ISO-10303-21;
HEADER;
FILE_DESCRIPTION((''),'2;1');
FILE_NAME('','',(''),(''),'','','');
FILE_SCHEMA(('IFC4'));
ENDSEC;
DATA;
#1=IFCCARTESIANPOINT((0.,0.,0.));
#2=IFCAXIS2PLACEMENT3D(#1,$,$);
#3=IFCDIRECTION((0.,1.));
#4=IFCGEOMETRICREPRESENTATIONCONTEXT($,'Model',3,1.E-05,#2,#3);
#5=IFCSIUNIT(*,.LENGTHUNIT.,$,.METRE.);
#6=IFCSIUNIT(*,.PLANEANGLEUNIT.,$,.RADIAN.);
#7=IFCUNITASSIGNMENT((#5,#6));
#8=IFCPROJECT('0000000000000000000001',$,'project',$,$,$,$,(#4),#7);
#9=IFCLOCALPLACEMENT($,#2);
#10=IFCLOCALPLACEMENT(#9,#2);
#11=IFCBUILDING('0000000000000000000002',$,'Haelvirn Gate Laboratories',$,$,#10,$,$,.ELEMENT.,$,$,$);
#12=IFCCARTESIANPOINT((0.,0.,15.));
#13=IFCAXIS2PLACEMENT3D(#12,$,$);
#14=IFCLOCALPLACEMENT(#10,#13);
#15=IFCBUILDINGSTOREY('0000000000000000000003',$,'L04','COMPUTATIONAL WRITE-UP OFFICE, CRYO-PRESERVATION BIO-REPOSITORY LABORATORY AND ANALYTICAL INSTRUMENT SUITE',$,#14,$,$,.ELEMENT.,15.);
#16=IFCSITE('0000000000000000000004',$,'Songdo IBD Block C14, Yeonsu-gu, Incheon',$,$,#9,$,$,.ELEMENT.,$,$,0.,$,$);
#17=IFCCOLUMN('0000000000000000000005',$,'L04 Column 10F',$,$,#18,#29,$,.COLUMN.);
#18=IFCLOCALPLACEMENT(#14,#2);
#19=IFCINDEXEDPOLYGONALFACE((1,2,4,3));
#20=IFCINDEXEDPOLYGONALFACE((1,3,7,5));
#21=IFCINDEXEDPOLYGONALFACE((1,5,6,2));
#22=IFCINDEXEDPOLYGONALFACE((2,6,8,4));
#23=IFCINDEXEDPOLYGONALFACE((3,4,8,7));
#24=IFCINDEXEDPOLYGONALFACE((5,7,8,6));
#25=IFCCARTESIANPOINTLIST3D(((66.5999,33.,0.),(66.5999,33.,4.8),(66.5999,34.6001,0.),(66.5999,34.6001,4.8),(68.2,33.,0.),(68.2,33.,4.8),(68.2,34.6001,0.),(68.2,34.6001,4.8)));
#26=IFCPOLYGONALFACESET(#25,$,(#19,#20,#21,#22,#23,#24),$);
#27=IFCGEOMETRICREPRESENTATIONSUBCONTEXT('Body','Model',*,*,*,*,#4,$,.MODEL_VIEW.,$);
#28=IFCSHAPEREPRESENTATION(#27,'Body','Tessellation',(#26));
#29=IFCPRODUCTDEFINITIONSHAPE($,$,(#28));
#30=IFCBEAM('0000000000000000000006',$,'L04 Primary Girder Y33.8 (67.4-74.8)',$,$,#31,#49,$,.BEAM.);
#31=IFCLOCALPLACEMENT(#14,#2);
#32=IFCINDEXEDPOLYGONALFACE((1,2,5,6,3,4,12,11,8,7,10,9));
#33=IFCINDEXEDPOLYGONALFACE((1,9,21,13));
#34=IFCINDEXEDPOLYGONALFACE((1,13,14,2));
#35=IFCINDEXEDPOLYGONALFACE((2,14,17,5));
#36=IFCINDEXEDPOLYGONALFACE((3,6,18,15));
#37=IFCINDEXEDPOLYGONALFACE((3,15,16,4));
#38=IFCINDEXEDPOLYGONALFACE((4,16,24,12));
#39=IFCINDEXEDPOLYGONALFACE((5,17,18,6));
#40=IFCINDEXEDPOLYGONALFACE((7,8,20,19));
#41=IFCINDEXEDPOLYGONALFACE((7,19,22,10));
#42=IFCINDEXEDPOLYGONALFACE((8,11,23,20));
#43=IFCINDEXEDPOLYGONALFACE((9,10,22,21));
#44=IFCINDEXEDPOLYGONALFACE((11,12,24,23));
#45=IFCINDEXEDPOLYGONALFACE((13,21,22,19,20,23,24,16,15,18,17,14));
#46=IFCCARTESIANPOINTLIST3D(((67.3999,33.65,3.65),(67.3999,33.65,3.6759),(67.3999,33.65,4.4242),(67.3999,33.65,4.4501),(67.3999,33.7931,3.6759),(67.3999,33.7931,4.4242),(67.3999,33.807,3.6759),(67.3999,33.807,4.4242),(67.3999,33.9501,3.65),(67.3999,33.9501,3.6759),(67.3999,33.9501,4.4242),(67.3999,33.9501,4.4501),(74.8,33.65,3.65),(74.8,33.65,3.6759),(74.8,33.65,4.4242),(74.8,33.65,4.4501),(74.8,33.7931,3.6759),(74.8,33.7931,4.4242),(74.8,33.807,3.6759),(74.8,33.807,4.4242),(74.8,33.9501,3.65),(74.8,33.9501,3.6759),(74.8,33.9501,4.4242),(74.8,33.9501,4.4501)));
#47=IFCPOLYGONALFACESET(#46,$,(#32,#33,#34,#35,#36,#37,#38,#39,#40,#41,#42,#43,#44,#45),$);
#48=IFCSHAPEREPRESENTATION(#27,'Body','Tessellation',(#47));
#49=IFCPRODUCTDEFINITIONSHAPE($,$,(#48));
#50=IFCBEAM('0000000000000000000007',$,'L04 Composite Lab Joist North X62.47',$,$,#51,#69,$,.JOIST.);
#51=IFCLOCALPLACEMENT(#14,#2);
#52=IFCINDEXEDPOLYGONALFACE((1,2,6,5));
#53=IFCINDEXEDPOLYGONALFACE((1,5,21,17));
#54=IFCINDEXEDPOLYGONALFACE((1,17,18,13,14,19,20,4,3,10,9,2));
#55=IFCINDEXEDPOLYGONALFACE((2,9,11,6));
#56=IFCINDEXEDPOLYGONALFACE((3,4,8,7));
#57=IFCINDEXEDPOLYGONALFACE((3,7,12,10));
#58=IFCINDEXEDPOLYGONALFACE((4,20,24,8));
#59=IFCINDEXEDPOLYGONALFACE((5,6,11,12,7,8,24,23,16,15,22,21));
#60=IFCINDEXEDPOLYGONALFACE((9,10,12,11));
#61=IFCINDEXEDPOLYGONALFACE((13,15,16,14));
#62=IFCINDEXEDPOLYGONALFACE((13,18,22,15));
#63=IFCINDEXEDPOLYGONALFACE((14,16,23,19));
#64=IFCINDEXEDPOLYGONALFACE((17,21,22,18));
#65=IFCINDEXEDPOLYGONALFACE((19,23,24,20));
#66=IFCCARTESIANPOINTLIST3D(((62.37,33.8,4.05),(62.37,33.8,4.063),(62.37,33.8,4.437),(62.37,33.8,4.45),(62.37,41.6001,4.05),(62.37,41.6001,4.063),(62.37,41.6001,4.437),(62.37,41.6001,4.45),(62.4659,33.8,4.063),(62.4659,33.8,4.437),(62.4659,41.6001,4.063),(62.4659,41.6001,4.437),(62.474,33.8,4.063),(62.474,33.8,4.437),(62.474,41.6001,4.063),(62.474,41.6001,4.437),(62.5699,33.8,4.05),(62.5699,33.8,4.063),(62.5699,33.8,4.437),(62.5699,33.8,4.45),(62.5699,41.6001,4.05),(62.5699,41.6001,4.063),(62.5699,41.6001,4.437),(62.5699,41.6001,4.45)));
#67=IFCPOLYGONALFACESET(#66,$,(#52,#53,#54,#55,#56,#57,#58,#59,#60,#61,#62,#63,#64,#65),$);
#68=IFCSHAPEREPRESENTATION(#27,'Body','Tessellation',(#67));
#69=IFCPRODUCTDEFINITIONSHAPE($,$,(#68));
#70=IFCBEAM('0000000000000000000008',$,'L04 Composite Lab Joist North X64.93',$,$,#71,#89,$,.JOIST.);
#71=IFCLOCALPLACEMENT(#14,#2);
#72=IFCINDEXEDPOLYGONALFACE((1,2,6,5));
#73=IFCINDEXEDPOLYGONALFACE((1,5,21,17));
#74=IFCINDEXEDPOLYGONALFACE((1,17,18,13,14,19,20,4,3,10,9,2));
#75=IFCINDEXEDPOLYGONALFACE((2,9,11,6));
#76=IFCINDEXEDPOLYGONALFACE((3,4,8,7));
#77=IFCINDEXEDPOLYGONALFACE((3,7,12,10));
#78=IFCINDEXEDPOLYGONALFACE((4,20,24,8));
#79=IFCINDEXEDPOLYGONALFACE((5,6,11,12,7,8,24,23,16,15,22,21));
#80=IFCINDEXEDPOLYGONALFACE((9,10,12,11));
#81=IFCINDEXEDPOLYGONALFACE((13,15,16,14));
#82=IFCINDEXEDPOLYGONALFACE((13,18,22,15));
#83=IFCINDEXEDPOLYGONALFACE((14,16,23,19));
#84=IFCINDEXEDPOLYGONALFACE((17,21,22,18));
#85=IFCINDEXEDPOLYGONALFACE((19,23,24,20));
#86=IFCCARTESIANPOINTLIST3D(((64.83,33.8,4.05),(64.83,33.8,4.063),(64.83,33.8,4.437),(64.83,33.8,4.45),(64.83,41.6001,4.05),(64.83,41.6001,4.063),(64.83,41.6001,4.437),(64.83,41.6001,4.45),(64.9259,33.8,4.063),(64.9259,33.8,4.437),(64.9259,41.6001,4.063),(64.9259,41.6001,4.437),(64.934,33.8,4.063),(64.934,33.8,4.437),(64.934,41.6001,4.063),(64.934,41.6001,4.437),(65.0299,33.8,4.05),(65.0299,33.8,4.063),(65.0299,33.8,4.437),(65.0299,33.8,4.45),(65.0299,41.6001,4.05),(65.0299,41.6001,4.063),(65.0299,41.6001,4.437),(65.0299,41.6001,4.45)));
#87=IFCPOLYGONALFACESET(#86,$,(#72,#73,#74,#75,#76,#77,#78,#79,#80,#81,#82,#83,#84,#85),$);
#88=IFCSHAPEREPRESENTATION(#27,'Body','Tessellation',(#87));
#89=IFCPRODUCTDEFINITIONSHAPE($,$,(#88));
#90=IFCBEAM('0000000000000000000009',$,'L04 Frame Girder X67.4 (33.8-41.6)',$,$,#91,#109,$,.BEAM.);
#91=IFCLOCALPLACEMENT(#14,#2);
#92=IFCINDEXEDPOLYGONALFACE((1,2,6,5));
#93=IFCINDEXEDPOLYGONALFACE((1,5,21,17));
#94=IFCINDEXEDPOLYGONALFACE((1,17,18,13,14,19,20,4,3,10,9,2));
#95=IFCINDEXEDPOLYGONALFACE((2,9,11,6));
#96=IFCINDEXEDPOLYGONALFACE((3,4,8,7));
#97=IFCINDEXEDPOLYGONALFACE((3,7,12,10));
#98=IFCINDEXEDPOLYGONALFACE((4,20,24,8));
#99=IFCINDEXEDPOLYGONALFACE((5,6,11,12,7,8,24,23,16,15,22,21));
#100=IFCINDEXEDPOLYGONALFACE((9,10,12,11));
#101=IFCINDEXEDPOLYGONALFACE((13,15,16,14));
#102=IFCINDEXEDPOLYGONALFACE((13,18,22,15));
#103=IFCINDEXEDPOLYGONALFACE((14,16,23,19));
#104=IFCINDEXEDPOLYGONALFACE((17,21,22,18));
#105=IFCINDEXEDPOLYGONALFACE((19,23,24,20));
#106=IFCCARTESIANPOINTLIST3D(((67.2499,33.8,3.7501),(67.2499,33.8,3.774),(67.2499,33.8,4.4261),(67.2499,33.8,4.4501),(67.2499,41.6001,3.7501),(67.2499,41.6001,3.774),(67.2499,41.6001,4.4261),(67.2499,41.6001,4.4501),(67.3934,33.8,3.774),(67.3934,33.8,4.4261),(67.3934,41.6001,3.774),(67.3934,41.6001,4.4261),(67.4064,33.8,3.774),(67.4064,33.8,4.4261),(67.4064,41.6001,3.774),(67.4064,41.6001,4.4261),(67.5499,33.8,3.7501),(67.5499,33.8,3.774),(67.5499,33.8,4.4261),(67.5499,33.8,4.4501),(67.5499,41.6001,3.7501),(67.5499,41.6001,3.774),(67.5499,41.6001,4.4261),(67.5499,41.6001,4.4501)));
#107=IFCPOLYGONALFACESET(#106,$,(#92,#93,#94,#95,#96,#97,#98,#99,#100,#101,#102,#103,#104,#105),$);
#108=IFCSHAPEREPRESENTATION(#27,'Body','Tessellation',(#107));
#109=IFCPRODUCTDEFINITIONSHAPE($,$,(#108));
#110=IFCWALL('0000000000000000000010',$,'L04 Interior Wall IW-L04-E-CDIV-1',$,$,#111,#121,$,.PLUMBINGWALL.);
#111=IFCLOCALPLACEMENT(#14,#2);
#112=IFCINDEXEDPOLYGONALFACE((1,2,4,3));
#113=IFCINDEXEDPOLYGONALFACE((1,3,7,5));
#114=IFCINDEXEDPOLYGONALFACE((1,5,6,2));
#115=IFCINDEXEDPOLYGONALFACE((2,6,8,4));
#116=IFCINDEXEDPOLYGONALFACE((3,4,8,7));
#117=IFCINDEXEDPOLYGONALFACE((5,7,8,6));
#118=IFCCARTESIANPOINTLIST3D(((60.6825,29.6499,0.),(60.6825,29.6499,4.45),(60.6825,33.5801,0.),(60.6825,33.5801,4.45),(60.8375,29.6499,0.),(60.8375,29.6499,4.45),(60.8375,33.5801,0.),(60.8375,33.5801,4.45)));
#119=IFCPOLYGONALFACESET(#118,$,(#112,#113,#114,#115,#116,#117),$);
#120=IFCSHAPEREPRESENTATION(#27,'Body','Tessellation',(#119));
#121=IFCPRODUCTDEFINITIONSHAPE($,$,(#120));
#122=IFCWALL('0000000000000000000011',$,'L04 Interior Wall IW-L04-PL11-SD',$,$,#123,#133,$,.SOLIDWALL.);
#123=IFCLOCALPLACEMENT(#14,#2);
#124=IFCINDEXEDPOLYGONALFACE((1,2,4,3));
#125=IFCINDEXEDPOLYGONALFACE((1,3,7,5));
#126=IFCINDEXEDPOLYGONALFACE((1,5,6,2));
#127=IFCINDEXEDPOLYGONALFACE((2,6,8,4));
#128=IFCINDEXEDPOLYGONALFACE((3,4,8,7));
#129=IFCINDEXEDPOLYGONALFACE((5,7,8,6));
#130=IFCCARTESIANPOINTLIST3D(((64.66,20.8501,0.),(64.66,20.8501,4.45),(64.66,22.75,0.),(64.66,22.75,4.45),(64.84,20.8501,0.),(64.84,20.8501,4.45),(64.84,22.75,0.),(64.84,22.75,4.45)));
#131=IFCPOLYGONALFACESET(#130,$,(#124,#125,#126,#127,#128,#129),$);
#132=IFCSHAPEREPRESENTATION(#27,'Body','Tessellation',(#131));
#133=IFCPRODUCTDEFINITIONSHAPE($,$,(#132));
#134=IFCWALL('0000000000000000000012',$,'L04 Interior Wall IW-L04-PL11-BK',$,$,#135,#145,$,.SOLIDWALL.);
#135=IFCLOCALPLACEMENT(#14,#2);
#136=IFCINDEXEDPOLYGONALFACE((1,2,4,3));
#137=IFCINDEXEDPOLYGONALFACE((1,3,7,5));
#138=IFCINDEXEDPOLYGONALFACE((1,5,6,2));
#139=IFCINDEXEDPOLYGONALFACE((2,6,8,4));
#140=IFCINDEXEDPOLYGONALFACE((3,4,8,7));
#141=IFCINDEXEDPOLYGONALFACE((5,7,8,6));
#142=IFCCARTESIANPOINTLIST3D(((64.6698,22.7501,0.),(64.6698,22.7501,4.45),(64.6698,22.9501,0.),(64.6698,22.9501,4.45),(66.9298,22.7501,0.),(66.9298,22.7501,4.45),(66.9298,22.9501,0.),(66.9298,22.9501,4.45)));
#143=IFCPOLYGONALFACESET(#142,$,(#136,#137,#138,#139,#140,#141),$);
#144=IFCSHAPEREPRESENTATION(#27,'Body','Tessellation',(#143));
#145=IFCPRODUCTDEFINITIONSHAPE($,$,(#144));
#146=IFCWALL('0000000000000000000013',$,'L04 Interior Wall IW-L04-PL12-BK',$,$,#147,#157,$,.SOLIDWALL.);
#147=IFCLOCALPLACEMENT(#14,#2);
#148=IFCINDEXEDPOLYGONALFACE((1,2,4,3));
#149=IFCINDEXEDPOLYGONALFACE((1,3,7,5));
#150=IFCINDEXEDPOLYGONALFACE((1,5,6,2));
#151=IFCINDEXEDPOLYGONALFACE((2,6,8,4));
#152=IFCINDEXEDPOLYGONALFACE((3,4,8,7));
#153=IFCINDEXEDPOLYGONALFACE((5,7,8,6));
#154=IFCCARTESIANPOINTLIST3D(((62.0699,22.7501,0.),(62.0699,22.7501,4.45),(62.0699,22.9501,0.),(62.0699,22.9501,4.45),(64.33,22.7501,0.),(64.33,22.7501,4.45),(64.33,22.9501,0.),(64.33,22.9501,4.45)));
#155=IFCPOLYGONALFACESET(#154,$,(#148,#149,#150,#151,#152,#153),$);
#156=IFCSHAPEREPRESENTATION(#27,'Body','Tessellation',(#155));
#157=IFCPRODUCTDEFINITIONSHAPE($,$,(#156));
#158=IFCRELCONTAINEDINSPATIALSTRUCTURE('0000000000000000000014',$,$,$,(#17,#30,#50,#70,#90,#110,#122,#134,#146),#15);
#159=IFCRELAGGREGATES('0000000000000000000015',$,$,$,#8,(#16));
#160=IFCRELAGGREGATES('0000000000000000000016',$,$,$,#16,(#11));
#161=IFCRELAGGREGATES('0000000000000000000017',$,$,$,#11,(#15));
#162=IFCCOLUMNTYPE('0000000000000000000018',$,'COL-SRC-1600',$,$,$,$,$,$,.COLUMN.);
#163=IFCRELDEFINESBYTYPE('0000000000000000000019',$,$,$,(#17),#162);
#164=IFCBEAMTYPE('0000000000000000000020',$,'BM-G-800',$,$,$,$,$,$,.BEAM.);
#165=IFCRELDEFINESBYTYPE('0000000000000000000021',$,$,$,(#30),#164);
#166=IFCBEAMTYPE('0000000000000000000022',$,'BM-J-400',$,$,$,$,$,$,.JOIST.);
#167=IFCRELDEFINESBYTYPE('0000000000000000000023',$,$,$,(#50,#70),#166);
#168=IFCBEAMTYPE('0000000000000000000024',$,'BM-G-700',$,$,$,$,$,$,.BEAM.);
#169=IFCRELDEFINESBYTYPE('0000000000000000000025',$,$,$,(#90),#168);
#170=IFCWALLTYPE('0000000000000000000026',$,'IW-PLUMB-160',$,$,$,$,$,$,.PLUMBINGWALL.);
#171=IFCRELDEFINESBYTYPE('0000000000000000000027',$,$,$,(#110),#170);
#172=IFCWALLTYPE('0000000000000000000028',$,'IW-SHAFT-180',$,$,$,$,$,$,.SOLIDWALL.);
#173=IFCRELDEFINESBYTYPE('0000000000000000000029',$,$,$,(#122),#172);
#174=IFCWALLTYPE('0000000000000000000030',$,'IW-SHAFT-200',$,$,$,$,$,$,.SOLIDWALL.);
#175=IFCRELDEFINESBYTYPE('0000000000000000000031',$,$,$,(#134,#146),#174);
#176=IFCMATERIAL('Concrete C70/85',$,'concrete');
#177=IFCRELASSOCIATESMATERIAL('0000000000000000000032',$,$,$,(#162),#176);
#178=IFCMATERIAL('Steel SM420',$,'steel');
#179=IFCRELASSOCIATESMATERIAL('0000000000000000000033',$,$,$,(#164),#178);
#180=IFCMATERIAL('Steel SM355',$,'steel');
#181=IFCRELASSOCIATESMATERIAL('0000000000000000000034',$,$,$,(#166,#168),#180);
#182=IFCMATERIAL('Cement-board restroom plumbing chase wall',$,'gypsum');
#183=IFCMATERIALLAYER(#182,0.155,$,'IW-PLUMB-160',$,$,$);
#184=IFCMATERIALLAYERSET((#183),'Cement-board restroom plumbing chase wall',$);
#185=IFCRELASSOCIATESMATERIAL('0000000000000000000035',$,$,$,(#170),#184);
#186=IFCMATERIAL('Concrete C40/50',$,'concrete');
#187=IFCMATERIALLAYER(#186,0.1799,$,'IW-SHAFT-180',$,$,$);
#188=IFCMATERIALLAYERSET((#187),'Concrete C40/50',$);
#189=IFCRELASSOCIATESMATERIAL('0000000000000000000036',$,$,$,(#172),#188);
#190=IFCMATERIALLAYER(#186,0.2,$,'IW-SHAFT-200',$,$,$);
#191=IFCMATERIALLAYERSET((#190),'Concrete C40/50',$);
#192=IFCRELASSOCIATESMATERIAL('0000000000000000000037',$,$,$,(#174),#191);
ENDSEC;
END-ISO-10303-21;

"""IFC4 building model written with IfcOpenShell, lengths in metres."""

from ifc_helpers import new_model, si_unit, direction, frame, frame_2d, origin, origin_2d, place, context, subcontext, project, spatial, rectangle, i_section, extrude, source, transform, mapped, material, layer, layer_set, material_profile, profile_set, type_object, type_shapes, element, save


model = new_model("IFC4")

# Units and contexts
model_context = context("Model", 3, precision=1e-05, world=origin(), true_north=direction((0.0, 1.0)))
body_context = subcontext(model_context, "Body", "Model", "MODEL_VIEW")
ifc_project = project(units=[si_unit("LENGTHUNIT", "METRE"), si_unit("PLANEANGLEUNIT", "RADIAN")], contexts=[model_context])

# Site, building, storey
site_placement = place(None, origin())
site = spatial("IfcSite", under=ifc_project, at=site_placement, Name="Songdo IBD Block C14, Yeonsu-gu, Incheon", CompositionType="ELEMENT", RefElevation=0.0)
building_placement = place(site_placement, origin())
building = spatial("IfcBuilding", under=site, at=building_placement, Name="Haelvirn Gate Laboratories", CompositionType="ELEMENT")
storey_placement = place(building_placement, frame((0.0, 0.0, 15.0)))
storey = spatial("IfcBuildingStorey", under=building, at=storey_placement, Name="L04", Description="COMPUTATIONAL WRITE-UP OFFICE, CRYO-PRESERVATION BIO-REPOSITORY LABORATORY AND ANALYTICAL INSTRUMENT SUITE", CompositionType="ELEMENT", Elevation=15.0)

# Column
ifc_material_1 = material(Name="Concrete C70/85", Category="concrete")
ifc_material_profile_1 = material_profile(ifc_material_1, rectangle(XDim=1.6001, YDim=1.6001, at=origin_2d()), Name="SRC-1600x1600")
ifc_profile_set_1 = profile_set([ifc_material_profile_1], Name="Concrete C70/85")
column_type = type_object("IfcColumnType", Name="COL-SRC-1600", PredefinedType="COLUMN", material=ifc_profile_set_1)
shared_shape_1 = source(origin(), body_context, "Body", "SweptSolid", [
    extrude(rectangle(XDim=1.6001, YDim=1.6001, at=origin_2d()), origin(), (0.0, 0.0, 1.0), 4.8),
])
type_shapes(column_type, [shared_shape_1])
column_placement = place(storey_placement, frame((67.3999, 33.8, 0.0), z_axis=(0.0, 0.0, 1.0), x_axis=(1.0, 0.0, 0.0)))
element("IfcColumn", 1, at=column_placement, inside=storey, type_object=column_type, Name="L04 Column 10F", PredefinedType="COLUMN", context=body_context, shape_type="MappedRepresentation", body=[
    mapped(shared_shape_1, transform((0.0, 0.0, 0.0), scale=1.0)),
])

# Beams
ifc_material_2 = material(Name="Steel SM420", Category="steel")
ifc_material_profile_2 = material_profile(ifc_material_2, i_section(OverallWidth=0.3, OverallDepth=0.8, WebThickness=0.0139, FlangeThickness=0.0259, at=origin_2d()), Name="H-800x300x14x26")
ifc_profile_set_2 = profile_set([ifc_material_profile_2], Name="Steel SM420")
beam_type_1 = type_object("IfcBeamType", Name="BM-G-800", PredefinedType="BEAM", material=ifc_profile_set_2)
shared_shape_2 = source(origin(), body_context, "Body", "SweptSolid", [
    extrude(i_section(OverallWidth=0.3, OverallDepth=0.8, WebThickness=0.0139, FlangeThickness=0.0259, at=origin_2d()), origin(), (0.0, 0.0, 1.0), 7.4001),
])
type_shapes(beam_type_1, [shared_shape_2])
beam_1_placement = place(storey_placement, frame((67.3999, 33.8, 4.05), z_axis=(1.0, 0.0, 0.0), x_axis=(0.0, 1.0, 0.0)))
element("IfcBeam", 2, at=beam_1_placement, inside=storey, type_object=beam_type_1, Name="L04 Primary Girder Y33.8 (67.4-74.8)", PredefinedType="BEAM", context=body_context, shape_type="MappedRepresentation", body=[
    mapped(shared_shape_2, transform((0.0, 0.0, 0.0), scale=1.0)),
])
ifc_material_3 = material(Name="Steel SM355", Category="steel")
ifc_material_profile_3 = material_profile(ifc_material_3, i_section(OverallWidth=0.2, OverallDepth=0.3999, WebThickness=0.0081, FlangeThickness=0.0129, at=origin_2d()), Name="H-400x200x8x13")
ifc_profile_set_3 = profile_set([ifc_material_profile_3], Name="Steel SM355")
beam_type_2 = type_object("IfcBeamType", Name="BM-J-400", PredefinedType="JOIST", material=ifc_profile_set_3)
shared_shape_3 = source(origin(), body_context, "Body", "SweptSolid", [
    extrude(i_section(OverallWidth=0.2, OverallDepth=0.3999, WebThickness=0.0081, FlangeThickness=0.0129, at=origin_2d()), origin(), (0.0, 0.0, 1.0), 7.8),
])
type_shapes(beam_type_2, [shared_shape_3])
for number, where, z_axis, x_axis, name in (
    (3, (62.47, 33.8, 4.25), (0.0, 1.0, 0.0), (-1.0, 0.0, 0.0), "L04 Composite Lab Joist North X62.47"),
    (4, (64.9299, 33.8, 4.25), (0.0, 1.0, 0.0), (-1.0, 0.0, 0.0), "L04 Composite Lab Joist North X64.93"),
):
    element("IfcBeam", number, at=place(storey_placement, frame(where, z_axis=z_axis, x_axis=x_axis)), inside=storey, type_object=beam_type_2, Name=name, PredefinedType="JOIST", context=body_context, shape_type="MappedRepresentation", body=[
        mapped(shared_shape_3, transform((0.0, 0.0, 0.0), scale=1.0)),
    ])
ifc_material_profile_4 = material_profile(ifc_material_3, i_section(OverallWidth=0.3, OverallDepth=0.7, WebThickness=0.0129, FlangeThickness=0.0239, at=origin_2d()), Name="H-700x300x13x24")
ifc_profile_set_4 = profile_set([ifc_material_profile_4], Name="Steel SM355")
beam_type_3 = type_object("IfcBeamType", Name="BM-G-700", PredefinedType="BEAM", material=ifc_profile_set_4)
shared_shape_4 = source(origin(), body_context, "Body", "SweptSolid", [
    extrude(i_section(OverallWidth=0.3, OverallDepth=0.7, WebThickness=0.0129, FlangeThickness=0.0239, at=origin_2d()), origin(), (0.0, 0.0, 1.0), 7.8),
])
type_shapes(beam_type_3, [shared_shape_4])
beam_2_placement = place(storey_placement, frame((67.3999, 33.8, 4.1001), z_axis=(0.0, 1.0, 0.0), x_axis=(-1.0, 0.0, 0.0)))
element("IfcBeam", 5, at=beam_2_placement, inside=storey, type_object=beam_type_3, Name="L04 Frame Girder X67.4 (33.8-41.6)", PredefinedType="BEAM", context=body_context, shape_type="MappedRepresentation", body=[
    mapped(shared_shape_4, transform((0.0, 0.0, 0.0), scale=1.0)),
])

# Walls
ifc_material_4 = material(Name="Cement-board restroom plumbing chase wall", Category="gypsum")
ifc_layer_1 = layer(ifc_material_4, 0.155, Name="IW-PLUMB-160")
ifc_layer_set_1 = layer_set([ifc_layer_1], Name="Cement-board restroom plumbing chase wall")
wall_type_1 = type_object("IfcWallType", Name="IW-PLUMB-160", PredefinedType="PLUMBINGWALL", material=ifc_layer_set_1)
wall_1_placement = place(storey_placement, frame((60.76, 29.6499, 0.0), z_axis=(0.0, 0.0, 1.0), x_axis=(0.0, 1.0, 0.0)))
element("IfcWall", 6, at=wall_1_placement, inside=storey, type_object=wall_type_1, Name="L04 Interior Wall IW-L04-E-CDIV-1", PredefinedType="PLUMBINGWALL", context=body_context, shape_type="SweptSolid", body=[
    extrude(rectangle(XDim=3.9302, YDim=0.155, at=frame_2d((1.9651, 0.0))), origin(), (0.0, 0.0, 1.0), 4.45),
])
ifc_material_5 = material(Name="Concrete C40/50", Category="concrete")
ifc_layer_2 = layer(ifc_material_5, 0.1799, Name="IW-SHAFT-180")
ifc_layer_set_2 = layer_set([ifc_layer_2], Name="Concrete C40/50")
wall_type_2 = type_object("IfcWallType", Name="IW-SHAFT-180", PredefinedType="SOLIDWALL", material=ifc_layer_set_2)
wall_2_placement = place(storey_placement, frame((64.75, 20.8501, 0.0), z_axis=(0.0, 0.0, 1.0), x_axis=(0.0, 1.0, 0.0)))
element("IfcWall", 7, at=wall_2_placement, inside=storey, type_object=wall_type_2, Name="L04 Interior Wall IW-L04-PL11-SD", PredefinedType="SOLIDWALL", context=body_context, shape_type="SweptSolid", body=[
    extrude(rectangle(XDim=1.8999, YDim=0.1799, at=frame_2d((0.95, 0.0))), origin(), (0.0, 0.0, 1.0), 4.45),
])
ifc_layer_3 = layer(ifc_material_5, 0.2, Name="IW-SHAFT-200")
ifc_layer_set_3 = layer_set([ifc_layer_3], Name="Concrete C40/50")
wall_type_3 = type_object("IfcWallType", Name="IW-SHAFT-200", PredefinedType="SOLIDWALL", material=ifc_layer_set_3)
for number, where, z_axis, x_axis, name in (
    (8, (64.6699, 22.8501, 0.0), (0.0, 0.0, 1.0), (1.0, 0.0, 0.0), "L04 Interior Wall IW-L04-PL11-BK"),
    (9, (62.0701, 22.8501, 0.0), (0.0, 0.0, 1.0), (1.0, 0.0, 0.0), "L04 Interior Wall IW-L04-PL12-BK"),
):
    element("IfcWall", number, at=place(storey_placement, frame(where, z_axis=z_axis, x_axis=x_axis)), inside=storey, type_object=wall_type_3, Name=name, PredefinedType="SOLIDWALL", context=body_context, shape_type="SweptSolid", body=[
        extrude(rectangle(XDim=2.26, YDim=0.2, at=frame_2d((1.1299, 0.0))), origin(), (0.0, 0.0, 1.0), 4.45),
    ])

save(model, "model.ifc")
